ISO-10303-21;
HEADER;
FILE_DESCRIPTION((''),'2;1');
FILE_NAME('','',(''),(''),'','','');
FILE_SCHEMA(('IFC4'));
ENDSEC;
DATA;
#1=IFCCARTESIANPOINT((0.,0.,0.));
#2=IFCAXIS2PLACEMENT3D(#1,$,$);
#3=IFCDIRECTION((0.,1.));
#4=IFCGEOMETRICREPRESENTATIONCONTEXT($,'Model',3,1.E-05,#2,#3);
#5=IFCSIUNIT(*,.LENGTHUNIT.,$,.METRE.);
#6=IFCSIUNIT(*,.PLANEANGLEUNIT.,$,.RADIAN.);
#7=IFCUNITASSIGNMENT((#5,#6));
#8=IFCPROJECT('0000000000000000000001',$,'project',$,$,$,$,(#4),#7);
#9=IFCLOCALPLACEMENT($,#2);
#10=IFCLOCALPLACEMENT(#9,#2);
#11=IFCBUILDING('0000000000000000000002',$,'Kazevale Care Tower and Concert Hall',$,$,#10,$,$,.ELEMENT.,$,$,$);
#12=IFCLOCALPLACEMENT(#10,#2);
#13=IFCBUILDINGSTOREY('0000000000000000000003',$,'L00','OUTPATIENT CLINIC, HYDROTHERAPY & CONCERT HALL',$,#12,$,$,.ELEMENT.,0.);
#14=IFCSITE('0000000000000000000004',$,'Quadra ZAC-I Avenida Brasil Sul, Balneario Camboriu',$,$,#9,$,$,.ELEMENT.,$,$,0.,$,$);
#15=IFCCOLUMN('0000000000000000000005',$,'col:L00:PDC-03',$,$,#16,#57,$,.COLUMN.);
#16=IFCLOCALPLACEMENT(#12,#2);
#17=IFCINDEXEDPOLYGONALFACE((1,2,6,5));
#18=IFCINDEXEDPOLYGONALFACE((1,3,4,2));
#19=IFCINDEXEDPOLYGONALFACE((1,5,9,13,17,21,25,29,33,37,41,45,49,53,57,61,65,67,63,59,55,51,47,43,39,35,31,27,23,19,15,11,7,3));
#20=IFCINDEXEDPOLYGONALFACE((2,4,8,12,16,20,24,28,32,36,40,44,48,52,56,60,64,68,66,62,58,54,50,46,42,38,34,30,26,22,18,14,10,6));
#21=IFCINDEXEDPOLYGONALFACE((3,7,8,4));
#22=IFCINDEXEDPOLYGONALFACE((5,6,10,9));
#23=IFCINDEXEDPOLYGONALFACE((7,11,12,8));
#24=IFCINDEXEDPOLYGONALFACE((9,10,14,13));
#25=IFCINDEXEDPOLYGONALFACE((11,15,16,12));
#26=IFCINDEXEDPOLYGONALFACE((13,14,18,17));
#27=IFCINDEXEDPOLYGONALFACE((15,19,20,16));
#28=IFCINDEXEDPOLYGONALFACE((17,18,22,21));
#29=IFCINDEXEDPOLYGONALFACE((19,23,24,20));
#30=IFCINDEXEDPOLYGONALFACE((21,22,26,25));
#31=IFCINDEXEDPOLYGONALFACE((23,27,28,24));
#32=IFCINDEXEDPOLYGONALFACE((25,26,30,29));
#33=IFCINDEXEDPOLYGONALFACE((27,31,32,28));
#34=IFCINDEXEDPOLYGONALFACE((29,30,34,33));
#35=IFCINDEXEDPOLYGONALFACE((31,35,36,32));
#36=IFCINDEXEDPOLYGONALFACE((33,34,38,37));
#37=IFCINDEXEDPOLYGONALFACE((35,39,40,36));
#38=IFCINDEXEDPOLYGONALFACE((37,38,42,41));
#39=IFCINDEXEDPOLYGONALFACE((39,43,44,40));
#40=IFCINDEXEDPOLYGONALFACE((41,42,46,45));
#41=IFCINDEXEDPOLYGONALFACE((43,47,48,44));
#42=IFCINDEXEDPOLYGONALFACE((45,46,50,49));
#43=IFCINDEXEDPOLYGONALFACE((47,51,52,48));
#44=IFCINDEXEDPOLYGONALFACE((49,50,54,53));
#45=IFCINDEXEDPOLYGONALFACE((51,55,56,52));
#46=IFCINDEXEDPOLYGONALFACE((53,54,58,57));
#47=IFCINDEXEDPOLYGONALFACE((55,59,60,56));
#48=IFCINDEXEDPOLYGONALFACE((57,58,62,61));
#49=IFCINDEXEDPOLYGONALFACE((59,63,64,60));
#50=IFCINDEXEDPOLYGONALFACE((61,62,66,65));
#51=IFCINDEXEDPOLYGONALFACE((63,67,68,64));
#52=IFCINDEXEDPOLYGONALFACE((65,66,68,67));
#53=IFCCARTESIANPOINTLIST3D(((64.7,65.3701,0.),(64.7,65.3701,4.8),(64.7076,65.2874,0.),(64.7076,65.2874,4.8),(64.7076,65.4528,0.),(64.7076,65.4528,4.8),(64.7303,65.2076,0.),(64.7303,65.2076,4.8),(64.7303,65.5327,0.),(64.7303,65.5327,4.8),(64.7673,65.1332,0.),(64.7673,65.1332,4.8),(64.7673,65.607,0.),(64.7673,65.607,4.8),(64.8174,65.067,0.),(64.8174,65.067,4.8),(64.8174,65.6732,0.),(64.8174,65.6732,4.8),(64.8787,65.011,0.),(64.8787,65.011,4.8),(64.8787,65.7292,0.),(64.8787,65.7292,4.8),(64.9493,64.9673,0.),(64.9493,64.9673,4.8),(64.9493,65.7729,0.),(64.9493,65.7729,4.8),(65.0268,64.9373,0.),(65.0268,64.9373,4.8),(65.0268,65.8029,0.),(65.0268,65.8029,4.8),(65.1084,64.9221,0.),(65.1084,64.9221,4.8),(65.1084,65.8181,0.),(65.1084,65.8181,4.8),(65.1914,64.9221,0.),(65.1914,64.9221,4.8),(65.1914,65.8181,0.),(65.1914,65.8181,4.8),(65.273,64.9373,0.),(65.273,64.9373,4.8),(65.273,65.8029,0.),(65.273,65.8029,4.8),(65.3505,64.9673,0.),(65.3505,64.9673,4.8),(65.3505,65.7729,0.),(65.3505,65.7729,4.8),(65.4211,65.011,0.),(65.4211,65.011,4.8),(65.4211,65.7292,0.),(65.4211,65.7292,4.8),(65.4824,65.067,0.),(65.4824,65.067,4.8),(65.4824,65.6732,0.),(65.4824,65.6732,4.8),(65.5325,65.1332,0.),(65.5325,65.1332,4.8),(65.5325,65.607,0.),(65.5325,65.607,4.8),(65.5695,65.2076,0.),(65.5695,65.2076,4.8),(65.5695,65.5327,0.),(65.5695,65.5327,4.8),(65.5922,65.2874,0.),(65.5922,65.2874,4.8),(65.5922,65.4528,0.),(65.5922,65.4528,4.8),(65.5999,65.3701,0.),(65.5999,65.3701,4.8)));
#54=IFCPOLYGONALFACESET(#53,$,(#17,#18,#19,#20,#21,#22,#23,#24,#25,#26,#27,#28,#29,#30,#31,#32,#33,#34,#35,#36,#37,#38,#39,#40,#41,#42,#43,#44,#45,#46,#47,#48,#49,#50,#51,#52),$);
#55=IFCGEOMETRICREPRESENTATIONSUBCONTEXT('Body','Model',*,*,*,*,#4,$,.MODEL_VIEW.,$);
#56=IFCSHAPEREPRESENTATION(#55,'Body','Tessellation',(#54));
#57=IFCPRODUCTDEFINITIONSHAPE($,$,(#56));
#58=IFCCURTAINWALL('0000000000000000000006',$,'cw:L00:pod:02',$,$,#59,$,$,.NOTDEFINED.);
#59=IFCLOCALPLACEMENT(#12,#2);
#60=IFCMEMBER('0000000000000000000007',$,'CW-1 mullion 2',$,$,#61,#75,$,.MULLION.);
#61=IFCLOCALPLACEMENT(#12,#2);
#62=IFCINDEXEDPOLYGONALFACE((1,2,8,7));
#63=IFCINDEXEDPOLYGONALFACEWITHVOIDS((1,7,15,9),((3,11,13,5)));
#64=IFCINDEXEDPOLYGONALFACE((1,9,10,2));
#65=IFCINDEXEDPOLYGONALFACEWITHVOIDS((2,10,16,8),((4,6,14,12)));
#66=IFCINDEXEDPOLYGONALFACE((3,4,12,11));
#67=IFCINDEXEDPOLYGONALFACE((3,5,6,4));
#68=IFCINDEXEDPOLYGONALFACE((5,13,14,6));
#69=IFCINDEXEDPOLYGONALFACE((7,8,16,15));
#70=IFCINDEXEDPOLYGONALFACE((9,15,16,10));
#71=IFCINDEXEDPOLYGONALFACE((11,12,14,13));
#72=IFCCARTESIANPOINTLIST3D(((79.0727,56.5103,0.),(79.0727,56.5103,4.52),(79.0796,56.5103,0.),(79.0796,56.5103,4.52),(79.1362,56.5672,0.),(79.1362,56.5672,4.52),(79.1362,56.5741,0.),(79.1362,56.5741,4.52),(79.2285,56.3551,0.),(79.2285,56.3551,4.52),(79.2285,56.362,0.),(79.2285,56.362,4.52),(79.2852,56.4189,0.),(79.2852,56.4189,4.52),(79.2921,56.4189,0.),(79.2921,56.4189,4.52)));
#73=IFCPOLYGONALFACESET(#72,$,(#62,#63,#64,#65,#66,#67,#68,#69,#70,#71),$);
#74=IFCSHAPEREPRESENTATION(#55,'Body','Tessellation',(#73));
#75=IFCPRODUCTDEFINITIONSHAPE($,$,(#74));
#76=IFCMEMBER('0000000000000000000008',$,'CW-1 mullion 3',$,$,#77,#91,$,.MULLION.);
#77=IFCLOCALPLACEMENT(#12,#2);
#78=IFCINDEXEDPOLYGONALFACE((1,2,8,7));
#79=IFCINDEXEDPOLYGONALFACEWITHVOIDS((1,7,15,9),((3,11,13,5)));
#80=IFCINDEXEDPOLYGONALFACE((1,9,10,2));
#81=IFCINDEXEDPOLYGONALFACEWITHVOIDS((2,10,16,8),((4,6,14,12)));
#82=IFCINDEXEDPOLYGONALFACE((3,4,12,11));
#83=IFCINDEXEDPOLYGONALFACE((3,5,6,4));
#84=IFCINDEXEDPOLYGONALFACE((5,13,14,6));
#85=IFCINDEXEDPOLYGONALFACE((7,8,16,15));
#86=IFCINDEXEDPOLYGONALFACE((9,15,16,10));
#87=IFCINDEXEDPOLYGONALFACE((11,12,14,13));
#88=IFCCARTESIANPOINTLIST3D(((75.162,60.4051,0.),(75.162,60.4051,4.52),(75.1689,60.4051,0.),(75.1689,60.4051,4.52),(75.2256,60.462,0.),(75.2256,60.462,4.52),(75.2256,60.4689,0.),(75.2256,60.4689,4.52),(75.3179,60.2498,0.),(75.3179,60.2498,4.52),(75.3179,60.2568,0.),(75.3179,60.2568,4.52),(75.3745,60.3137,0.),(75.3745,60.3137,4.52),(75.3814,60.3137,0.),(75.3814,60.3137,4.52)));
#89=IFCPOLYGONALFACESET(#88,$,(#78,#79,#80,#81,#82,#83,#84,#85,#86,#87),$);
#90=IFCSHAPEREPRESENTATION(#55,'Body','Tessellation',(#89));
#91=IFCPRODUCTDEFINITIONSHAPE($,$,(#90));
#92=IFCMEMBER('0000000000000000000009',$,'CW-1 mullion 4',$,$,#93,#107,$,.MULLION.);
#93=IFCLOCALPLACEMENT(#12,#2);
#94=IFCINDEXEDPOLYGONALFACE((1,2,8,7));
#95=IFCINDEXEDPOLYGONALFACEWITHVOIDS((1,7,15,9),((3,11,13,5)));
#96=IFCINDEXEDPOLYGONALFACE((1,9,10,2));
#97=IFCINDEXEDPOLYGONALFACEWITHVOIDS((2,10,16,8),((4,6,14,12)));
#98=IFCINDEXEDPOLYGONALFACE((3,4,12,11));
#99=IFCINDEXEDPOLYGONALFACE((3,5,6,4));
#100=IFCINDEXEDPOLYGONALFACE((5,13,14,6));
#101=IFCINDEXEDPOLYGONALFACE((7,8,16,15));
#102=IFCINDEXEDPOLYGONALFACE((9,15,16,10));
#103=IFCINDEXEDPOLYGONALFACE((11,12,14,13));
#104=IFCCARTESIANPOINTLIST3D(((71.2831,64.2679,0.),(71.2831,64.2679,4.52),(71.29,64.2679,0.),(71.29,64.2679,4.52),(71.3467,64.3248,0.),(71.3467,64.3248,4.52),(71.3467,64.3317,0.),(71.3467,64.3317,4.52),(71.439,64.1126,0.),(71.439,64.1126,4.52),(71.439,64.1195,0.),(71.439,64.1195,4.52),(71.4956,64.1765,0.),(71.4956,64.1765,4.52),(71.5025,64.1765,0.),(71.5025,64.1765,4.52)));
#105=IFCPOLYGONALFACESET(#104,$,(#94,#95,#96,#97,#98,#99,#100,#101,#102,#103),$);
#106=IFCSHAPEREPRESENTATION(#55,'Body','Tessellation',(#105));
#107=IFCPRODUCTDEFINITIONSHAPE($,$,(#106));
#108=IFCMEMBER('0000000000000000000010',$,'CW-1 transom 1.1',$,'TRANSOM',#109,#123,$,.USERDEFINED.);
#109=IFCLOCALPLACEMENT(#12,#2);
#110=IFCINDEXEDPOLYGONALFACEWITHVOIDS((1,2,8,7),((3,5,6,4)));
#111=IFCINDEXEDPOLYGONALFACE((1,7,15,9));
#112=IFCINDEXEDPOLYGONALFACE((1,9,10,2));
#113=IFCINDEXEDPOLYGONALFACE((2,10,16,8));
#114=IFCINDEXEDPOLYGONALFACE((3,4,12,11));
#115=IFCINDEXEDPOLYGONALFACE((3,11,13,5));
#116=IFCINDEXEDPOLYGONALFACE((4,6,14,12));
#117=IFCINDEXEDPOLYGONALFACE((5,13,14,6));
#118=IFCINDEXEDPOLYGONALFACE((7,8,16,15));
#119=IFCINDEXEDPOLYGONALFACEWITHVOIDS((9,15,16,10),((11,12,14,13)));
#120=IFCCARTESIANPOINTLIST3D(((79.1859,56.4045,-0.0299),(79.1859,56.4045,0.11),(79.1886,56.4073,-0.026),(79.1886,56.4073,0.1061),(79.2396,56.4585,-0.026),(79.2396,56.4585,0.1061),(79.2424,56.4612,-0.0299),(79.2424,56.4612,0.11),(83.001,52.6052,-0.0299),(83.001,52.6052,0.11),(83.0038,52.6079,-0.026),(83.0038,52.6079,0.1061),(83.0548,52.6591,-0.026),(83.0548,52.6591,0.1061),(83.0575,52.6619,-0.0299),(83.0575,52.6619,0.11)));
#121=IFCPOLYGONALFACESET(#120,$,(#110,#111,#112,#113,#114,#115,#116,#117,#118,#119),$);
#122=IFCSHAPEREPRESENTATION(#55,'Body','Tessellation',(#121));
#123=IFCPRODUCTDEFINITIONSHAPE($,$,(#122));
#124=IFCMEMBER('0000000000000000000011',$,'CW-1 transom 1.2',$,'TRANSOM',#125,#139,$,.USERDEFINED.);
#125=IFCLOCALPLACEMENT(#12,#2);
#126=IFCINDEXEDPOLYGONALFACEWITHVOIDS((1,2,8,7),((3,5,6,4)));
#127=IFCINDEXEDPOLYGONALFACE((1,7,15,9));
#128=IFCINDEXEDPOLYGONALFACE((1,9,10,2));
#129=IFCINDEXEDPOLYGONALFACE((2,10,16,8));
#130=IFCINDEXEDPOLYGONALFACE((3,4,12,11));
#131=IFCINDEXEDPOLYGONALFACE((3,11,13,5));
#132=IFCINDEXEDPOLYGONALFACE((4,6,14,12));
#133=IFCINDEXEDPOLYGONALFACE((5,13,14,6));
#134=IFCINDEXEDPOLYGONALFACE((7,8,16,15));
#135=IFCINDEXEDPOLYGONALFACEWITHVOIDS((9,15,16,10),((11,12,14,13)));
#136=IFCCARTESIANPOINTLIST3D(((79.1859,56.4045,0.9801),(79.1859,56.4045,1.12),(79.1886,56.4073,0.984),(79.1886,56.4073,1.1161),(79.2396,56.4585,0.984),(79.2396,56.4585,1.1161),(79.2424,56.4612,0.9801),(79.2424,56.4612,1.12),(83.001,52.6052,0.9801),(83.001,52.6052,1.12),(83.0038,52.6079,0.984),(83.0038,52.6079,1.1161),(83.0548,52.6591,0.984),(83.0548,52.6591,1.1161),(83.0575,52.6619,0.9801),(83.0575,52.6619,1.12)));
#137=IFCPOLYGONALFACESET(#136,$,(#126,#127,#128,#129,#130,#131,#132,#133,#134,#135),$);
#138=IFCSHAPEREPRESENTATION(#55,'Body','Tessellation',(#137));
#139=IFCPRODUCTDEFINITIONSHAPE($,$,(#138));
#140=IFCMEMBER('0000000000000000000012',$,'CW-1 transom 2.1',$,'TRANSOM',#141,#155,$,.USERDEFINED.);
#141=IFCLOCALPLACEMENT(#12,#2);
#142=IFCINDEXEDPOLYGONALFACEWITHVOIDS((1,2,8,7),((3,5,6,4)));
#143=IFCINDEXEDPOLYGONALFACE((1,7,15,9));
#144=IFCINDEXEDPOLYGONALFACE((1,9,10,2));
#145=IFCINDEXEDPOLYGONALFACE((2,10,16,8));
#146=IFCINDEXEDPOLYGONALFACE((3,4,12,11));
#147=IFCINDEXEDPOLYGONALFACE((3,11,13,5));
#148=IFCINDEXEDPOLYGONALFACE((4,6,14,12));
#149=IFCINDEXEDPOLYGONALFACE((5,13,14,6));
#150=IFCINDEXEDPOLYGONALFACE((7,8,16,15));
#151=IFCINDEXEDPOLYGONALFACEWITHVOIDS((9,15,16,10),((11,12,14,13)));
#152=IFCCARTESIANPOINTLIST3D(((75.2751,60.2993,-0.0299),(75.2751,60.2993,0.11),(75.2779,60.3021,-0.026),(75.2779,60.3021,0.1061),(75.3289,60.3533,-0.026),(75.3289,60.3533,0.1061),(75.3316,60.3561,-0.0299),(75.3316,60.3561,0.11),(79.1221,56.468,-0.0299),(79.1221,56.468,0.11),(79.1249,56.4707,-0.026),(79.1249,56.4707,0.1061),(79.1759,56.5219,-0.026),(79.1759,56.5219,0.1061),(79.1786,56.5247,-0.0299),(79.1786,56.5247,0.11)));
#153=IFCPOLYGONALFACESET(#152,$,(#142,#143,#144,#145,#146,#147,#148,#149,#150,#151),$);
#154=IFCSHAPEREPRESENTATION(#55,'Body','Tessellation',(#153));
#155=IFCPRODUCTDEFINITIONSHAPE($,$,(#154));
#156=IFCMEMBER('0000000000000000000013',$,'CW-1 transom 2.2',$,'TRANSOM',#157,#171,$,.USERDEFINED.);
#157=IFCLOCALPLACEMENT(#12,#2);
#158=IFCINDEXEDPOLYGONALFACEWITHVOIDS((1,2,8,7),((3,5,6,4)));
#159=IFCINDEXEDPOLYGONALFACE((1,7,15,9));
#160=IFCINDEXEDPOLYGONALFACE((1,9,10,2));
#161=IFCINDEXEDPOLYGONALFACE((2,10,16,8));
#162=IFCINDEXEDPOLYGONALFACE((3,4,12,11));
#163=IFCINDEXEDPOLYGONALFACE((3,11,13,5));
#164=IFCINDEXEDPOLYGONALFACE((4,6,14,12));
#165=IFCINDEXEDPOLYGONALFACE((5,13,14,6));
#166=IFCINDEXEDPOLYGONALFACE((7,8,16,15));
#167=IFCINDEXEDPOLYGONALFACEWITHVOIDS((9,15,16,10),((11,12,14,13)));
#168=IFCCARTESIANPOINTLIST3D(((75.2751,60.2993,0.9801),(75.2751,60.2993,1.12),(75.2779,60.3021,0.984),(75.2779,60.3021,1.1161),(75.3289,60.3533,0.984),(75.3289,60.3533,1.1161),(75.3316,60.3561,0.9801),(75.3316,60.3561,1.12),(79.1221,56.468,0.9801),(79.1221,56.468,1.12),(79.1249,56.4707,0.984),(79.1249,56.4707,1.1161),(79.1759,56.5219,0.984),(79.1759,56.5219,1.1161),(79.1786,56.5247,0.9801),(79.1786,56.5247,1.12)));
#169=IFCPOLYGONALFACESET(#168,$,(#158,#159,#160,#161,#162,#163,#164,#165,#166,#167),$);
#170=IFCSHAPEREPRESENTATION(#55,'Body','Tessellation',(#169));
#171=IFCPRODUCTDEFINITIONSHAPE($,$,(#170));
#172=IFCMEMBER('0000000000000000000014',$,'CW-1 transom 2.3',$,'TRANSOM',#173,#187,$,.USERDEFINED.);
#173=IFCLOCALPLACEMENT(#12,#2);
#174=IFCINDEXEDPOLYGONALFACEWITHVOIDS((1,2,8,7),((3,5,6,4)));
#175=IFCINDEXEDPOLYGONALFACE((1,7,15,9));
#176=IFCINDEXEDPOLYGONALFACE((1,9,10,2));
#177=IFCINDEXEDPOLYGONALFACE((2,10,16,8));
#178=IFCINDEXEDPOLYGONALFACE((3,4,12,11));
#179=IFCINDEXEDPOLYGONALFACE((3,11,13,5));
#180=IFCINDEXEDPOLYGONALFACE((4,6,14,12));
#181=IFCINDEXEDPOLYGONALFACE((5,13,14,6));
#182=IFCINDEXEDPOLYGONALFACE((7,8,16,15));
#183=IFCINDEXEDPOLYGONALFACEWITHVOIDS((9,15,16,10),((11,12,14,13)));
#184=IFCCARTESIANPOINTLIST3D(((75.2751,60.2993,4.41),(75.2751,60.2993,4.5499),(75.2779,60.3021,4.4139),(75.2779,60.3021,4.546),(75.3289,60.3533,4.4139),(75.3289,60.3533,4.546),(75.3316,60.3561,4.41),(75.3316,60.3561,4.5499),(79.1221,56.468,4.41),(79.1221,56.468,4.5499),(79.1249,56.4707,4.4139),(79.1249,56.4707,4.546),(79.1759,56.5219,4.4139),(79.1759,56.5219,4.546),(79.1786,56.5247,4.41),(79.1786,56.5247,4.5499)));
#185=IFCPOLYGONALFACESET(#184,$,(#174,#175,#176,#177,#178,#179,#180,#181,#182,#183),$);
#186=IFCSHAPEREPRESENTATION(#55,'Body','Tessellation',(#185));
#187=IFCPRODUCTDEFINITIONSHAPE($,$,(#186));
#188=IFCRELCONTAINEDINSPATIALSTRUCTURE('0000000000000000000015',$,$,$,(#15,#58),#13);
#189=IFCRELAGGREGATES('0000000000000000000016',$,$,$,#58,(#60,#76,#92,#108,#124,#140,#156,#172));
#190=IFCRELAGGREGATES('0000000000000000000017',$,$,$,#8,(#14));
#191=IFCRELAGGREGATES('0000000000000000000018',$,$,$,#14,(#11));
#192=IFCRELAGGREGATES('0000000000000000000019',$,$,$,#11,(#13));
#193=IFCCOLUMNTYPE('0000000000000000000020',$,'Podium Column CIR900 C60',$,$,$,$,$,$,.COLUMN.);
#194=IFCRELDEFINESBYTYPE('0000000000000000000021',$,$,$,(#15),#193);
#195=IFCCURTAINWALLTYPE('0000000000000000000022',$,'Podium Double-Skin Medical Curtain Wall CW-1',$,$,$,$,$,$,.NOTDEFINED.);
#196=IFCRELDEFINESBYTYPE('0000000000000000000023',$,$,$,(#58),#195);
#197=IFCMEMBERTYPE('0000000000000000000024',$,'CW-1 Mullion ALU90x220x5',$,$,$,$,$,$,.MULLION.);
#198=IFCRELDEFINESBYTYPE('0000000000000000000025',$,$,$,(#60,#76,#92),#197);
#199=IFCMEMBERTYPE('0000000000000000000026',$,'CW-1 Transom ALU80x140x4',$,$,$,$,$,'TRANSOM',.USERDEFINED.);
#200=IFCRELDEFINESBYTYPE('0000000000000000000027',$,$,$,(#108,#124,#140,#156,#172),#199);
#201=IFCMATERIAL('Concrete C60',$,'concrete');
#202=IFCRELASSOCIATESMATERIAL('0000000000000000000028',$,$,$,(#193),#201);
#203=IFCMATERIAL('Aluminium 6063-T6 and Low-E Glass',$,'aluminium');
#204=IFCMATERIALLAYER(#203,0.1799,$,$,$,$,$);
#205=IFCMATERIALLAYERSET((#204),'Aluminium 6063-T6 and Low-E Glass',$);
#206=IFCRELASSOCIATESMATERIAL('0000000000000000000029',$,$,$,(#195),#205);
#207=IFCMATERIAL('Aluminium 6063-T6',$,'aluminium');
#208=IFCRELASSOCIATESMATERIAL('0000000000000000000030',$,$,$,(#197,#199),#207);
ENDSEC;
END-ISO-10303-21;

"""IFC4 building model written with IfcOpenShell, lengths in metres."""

from ifc_helpers import new_model, si_unit, direction, frame, origin, origin_2d, place, context, subcontext, project, spatial, hollow_rectangle, circle, extrude, material, layer, layer_set, material_profile, profile_set, type_object, element, aggregate, save


model = new_model("IFC4")

# Units and contexts
model_context = context("Model", 3, precision=1e-05, world=origin(), true_north=direction((0.0, 1.0)))
body_context = subcontext(model_context, "Body", "Model", "MODEL_VIEW")
ifc_project = project(units=[si_unit("LENGTHUNIT", "METRE"), si_unit("PLANEANGLEUNIT", "RADIAN")], contexts=[model_context])

# Site, building, storey
site_placement = place(None, origin())
site = spatial("IfcSite", under=ifc_project, at=site_placement, Name="Quadra ZAC-I Avenida Brasil Sul, Balneario Camboriu", CompositionType="ELEMENT", RefElevation=0.0)
building_placement = place(site_placement, origin())
building = spatial("IfcBuilding", under=site, at=building_placement, Name="Kazevale Care Tower and Concert Hall", CompositionType="ELEMENT")
storey_placement = place(building_placement, origin())
storey = spatial("IfcBuildingStorey", under=building, at=storey_placement, Name="L00", Description="OUTPATIENT CLINIC, HYDROTHERAPY & CONCERT HALL", CompositionType="ELEMENT", Elevation=0.0)

# Column
ifc_material_1 = material(Name="Concrete C60", Category="concrete")
ifc_material_profile_1 = material_profile(ifc_material_1, circle(Radius=0.45, at=origin_2d()), Name="RC-CIR900")
ifc_profile_set_1 = profile_set([ifc_material_profile_1], Name="Concrete C60")
column_type_1 = type_object("IfcColumnType", Name="Podium Column CIR900 C60", PredefinedType="COLUMN", material=ifc_profile_set_1)
for number, where, z_axis, x_axis, name in (
    (1, (65.1499, 65.3701, 0.0), (0.0, 0.0, 1.0), (1.0, 0.0, 0.0), "col:L00:PDC-03"),
):
    element("IfcColumn", number, at=place(storey_placement, frame(where, z_axis=z_axis, x_axis=x_axis)), inside=storey, type_object=column_type_1, Name=name, PredefinedType="COLUMN", context=body_context, shape_type="SweptSolid", body=[
        extrude(circle(Radius=0.45, at=origin_2d()), origin(), (0.0, 0.0, 1.0), 4.8),
    ])

# Curtain wall, members
ifc_material_2 = material(Name="Aluminium 6063-T6 and Low-E Glass", Category="aluminium")
ifc_layer_1 = layer(ifc_material_2, 0.1799)
ifc_layer_set_1 = layer_set([ifc_layer_1], Name="Aluminium 6063-T6 and Low-E Glass")
curtain_wall_type = type_object("IfcCurtainWallType", Name="Podium Double-Skin Medical Curtain Wall CW-1", PredefinedType="NOTDEFINED", material=ifc_layer_set_1)
curtain_wall_placement = place(storey_placement, origin())
curtain_wall = element("IfcCurtainWall", 2, at=curtain_wall_placement, inside=storey, type_object=curtain_wall_type, Name="cw:L00:pod:02", PredefinedType="NOTDEFINED")
ifc_material_3 = material(Name="Aluminium 6063-T6", Category="aluminium")
ifc_material_profile_2 = material_profile(ifc_material_3, hollow_rectangle(XDim=0.0901, YDim=0.22, WallThickness=0.0049, at=origin_2d()), Name="ALU90x220x5")
ifc_profile_set_2 = profile_set([ifc_material_profile_2], Name="Aluminium 6063-T6")
member_type_1 = type_object("IfcMemberType", Name="CW-1 Mullion ALU90x220x5", PredefinedType="MULLION", material=ifc_profile_set_2)
member_1_placement = place(storey_placement, frame((79.1824, 56.4646, 0.0), z_axis=(0.0, 0.0, 1.0), x_axis=(-0.705656, -0.708555, 0.0)))
member_1 = element("IfcMember", 3, at=member_1_placement, type_object=member_type_1, Name="CW-1 mullion 2", PredefinedType="MULLION", context=body_context, shape_type="SweptSolid", body=[
    extrude(hollow_rectangle(XDim=0.0901, YDim=0.22, WallThickness=0.0049, at=origin_2d()), origin(), (0.0, 0.0, 1.0), 4.52),
])
member_2_placement = place(storey_placement, frame((75.2717, 60.3594, 0.0), z_axis=(0.0, 0.0, 1.0), x_axis=(-0.705656, -0.708555, 0.0)))
member_2 = element("IfcMember", 4, at=member_2_placement, type_object=member_type_1, Name="CW-1 mullion 3", PredefinedType="MULLION", context=body_context, shape_type="SweptSolid", body=[
    extrude(hollow_rectangle(XDim=0.0901, YDim=0.22, WallThickness=0.0049, at=origin_2d()), origin(), (0.0, 0.0, 1.0), 4.52),
])
member_3_placement = place(storey_placement, frame((71.3928, 64.2222, 0.0), z_axis=(0.0, 0.0, 1.0), x_axis=(-0.705656, -0.708555, 0.0)))
member_3 = element("IfcMember", 5, at=member_3_placement, type_object=member_type_1, Name="CW-1 mullion 4", PredefinedType="MULLION", context=body_context, shape_type="SweptSolid", body=[
    extrude(hollow_rectangle(XDim=0.0901, YDim=0.22, WallThickness=0.0049, at=origin_2d()), origin(), (0.0, 0.0, 1.0), 4.52),
])
ifc_material_profile_3 = material_profile(ifc_material_3, hollow_rectangle(XDim=0.0801, YDim=0.1399, WallThickness=0.0039, at=origin_2d()), Name="ALU80x140x4")
ifc_profile_set_3 = profile_set([ifc_material_profile_3], Name="Aluminium 6063-T6")
member_type_2 = type_object("IfcMemberType", Name="CW-1 Transom ALU80x140x4", ElementType="TRANSOM", PredefinedType="USERDEFINED", material=ifc_profile_set_3)
member_4_placement = place(storey_placement, frame((83.0293, 52.6335, 0.04), z_axis=(-0.708579, 0.705632, 0.0), x_axis=(-0.705632, -0.708579, 0.0)))
member_4 = element("IfcMember", 6, at=member_4_placement, type_object=member_type_2, Name="CW-1 transom 1.1", ObjectType="TRANSOM", PredefinedType="USERDEFINED", context=body_context, shape_type="SweptSolid", body=[
    extrude(hollow_rectangle(XDim=0.0801, YDim=0.1399, WallThickness=0.0039, at=origin_2d()), origin(), (0.0, 0.0, 1.0), 5.3843),
])
member_5_placement = place(storey_placement, frame((83.0293, 52.6335, 1.05), z_axis=(-0.708579, 0.705632, 0.0), x_axis=(-0.705632, -0.708579, 0.0)))
member_5 = element("IfcMember", 7, at=member_5_placement, type_object=member_type_2, Name="CW-1 transom 1.2", ObjectType="TRANSOM", PredefinedType="USERDEFINED", context=body_context, shape_type="SweptSolid", body=[
    extrude(hollow_rectangle(XDim=0.0801, YDim=0.1399, WallThickness=0.0039, at=origin_2d()), origin(), (0.0, 0.0, 1.0), 5.3843),
])
member_6_placement = place(storey_placement, frame((79.1504, 56.4963, 0.04), z_axis=(-0.708544, 0.705666, 0.0), x_axis=(-0.705666, -0.708544, 0.0)))
member_6 = element("IfcMember", 8, at=member_6_placement, type_object=member_type_2, Name="CW-1 transom 2.1", ObjectType="TRANSOM", PredefinedType="USERDEFINED", context=body_context, shape_type="SweptSolid", body=[
    extrude(hollow_rectangle(XDim=0.0801, YDim=0.1399, WallThickness=0.0039, at=origin_2d()), origin(), (0.0, 0.0, 1.0), 5.4294),
])
member_7_placement = place(storey_placement, frame((79.1504, 56.4963, 1.05), z_axis=(-0.708544, 0.705666, 0.0), x_axis=(-0.705666, -0.708544, 0.0)))
member_7 = element("IfcMember", 9, at=member_7_placement, type_object=member_type_2, Name="CW-1 transom 2.2", ObjectType="TRANSOM", PredefinedType="USERDEFINED", context=body_context, shape_type="SweptSolid", body=[
    extrude(hollow_rectangle(XDim=0.0801, YDim=0.1399, WallThickness=0.0039, at=origin_2d()), origin(), (0.0, 0.0, 1.0), 5.4294),
])
member_8_placement = place(storey_placement, frame((79.1504, 56.4963, 4.48), z_axis=(-0.708544, 0.705666, 0.0), x_axis=(-0.705666, -0.708544, 0.0)))
member_8 = element("IfcMember", 10, at=member_8_placement, type_object=member_type_2, Name="CW-1 transom 2.3", ObjectType="TRANSOM", PredefinedType="USERDEFINED", context=body_context, shape_type="SweptSolid", body=[
    extrude(hollow_rectangle(XDim=0.0801, YDim=0.1399, WallThickness=0.0039, at=origin_2d()), origin(), (0.0, 0.0, 1.0), 5.4294),
])

aggregate(curtain_wall, [member_1, member_2, member_3, member_4, member_5, member_6, member_7, member_8])

save(model, "model.ifc")
